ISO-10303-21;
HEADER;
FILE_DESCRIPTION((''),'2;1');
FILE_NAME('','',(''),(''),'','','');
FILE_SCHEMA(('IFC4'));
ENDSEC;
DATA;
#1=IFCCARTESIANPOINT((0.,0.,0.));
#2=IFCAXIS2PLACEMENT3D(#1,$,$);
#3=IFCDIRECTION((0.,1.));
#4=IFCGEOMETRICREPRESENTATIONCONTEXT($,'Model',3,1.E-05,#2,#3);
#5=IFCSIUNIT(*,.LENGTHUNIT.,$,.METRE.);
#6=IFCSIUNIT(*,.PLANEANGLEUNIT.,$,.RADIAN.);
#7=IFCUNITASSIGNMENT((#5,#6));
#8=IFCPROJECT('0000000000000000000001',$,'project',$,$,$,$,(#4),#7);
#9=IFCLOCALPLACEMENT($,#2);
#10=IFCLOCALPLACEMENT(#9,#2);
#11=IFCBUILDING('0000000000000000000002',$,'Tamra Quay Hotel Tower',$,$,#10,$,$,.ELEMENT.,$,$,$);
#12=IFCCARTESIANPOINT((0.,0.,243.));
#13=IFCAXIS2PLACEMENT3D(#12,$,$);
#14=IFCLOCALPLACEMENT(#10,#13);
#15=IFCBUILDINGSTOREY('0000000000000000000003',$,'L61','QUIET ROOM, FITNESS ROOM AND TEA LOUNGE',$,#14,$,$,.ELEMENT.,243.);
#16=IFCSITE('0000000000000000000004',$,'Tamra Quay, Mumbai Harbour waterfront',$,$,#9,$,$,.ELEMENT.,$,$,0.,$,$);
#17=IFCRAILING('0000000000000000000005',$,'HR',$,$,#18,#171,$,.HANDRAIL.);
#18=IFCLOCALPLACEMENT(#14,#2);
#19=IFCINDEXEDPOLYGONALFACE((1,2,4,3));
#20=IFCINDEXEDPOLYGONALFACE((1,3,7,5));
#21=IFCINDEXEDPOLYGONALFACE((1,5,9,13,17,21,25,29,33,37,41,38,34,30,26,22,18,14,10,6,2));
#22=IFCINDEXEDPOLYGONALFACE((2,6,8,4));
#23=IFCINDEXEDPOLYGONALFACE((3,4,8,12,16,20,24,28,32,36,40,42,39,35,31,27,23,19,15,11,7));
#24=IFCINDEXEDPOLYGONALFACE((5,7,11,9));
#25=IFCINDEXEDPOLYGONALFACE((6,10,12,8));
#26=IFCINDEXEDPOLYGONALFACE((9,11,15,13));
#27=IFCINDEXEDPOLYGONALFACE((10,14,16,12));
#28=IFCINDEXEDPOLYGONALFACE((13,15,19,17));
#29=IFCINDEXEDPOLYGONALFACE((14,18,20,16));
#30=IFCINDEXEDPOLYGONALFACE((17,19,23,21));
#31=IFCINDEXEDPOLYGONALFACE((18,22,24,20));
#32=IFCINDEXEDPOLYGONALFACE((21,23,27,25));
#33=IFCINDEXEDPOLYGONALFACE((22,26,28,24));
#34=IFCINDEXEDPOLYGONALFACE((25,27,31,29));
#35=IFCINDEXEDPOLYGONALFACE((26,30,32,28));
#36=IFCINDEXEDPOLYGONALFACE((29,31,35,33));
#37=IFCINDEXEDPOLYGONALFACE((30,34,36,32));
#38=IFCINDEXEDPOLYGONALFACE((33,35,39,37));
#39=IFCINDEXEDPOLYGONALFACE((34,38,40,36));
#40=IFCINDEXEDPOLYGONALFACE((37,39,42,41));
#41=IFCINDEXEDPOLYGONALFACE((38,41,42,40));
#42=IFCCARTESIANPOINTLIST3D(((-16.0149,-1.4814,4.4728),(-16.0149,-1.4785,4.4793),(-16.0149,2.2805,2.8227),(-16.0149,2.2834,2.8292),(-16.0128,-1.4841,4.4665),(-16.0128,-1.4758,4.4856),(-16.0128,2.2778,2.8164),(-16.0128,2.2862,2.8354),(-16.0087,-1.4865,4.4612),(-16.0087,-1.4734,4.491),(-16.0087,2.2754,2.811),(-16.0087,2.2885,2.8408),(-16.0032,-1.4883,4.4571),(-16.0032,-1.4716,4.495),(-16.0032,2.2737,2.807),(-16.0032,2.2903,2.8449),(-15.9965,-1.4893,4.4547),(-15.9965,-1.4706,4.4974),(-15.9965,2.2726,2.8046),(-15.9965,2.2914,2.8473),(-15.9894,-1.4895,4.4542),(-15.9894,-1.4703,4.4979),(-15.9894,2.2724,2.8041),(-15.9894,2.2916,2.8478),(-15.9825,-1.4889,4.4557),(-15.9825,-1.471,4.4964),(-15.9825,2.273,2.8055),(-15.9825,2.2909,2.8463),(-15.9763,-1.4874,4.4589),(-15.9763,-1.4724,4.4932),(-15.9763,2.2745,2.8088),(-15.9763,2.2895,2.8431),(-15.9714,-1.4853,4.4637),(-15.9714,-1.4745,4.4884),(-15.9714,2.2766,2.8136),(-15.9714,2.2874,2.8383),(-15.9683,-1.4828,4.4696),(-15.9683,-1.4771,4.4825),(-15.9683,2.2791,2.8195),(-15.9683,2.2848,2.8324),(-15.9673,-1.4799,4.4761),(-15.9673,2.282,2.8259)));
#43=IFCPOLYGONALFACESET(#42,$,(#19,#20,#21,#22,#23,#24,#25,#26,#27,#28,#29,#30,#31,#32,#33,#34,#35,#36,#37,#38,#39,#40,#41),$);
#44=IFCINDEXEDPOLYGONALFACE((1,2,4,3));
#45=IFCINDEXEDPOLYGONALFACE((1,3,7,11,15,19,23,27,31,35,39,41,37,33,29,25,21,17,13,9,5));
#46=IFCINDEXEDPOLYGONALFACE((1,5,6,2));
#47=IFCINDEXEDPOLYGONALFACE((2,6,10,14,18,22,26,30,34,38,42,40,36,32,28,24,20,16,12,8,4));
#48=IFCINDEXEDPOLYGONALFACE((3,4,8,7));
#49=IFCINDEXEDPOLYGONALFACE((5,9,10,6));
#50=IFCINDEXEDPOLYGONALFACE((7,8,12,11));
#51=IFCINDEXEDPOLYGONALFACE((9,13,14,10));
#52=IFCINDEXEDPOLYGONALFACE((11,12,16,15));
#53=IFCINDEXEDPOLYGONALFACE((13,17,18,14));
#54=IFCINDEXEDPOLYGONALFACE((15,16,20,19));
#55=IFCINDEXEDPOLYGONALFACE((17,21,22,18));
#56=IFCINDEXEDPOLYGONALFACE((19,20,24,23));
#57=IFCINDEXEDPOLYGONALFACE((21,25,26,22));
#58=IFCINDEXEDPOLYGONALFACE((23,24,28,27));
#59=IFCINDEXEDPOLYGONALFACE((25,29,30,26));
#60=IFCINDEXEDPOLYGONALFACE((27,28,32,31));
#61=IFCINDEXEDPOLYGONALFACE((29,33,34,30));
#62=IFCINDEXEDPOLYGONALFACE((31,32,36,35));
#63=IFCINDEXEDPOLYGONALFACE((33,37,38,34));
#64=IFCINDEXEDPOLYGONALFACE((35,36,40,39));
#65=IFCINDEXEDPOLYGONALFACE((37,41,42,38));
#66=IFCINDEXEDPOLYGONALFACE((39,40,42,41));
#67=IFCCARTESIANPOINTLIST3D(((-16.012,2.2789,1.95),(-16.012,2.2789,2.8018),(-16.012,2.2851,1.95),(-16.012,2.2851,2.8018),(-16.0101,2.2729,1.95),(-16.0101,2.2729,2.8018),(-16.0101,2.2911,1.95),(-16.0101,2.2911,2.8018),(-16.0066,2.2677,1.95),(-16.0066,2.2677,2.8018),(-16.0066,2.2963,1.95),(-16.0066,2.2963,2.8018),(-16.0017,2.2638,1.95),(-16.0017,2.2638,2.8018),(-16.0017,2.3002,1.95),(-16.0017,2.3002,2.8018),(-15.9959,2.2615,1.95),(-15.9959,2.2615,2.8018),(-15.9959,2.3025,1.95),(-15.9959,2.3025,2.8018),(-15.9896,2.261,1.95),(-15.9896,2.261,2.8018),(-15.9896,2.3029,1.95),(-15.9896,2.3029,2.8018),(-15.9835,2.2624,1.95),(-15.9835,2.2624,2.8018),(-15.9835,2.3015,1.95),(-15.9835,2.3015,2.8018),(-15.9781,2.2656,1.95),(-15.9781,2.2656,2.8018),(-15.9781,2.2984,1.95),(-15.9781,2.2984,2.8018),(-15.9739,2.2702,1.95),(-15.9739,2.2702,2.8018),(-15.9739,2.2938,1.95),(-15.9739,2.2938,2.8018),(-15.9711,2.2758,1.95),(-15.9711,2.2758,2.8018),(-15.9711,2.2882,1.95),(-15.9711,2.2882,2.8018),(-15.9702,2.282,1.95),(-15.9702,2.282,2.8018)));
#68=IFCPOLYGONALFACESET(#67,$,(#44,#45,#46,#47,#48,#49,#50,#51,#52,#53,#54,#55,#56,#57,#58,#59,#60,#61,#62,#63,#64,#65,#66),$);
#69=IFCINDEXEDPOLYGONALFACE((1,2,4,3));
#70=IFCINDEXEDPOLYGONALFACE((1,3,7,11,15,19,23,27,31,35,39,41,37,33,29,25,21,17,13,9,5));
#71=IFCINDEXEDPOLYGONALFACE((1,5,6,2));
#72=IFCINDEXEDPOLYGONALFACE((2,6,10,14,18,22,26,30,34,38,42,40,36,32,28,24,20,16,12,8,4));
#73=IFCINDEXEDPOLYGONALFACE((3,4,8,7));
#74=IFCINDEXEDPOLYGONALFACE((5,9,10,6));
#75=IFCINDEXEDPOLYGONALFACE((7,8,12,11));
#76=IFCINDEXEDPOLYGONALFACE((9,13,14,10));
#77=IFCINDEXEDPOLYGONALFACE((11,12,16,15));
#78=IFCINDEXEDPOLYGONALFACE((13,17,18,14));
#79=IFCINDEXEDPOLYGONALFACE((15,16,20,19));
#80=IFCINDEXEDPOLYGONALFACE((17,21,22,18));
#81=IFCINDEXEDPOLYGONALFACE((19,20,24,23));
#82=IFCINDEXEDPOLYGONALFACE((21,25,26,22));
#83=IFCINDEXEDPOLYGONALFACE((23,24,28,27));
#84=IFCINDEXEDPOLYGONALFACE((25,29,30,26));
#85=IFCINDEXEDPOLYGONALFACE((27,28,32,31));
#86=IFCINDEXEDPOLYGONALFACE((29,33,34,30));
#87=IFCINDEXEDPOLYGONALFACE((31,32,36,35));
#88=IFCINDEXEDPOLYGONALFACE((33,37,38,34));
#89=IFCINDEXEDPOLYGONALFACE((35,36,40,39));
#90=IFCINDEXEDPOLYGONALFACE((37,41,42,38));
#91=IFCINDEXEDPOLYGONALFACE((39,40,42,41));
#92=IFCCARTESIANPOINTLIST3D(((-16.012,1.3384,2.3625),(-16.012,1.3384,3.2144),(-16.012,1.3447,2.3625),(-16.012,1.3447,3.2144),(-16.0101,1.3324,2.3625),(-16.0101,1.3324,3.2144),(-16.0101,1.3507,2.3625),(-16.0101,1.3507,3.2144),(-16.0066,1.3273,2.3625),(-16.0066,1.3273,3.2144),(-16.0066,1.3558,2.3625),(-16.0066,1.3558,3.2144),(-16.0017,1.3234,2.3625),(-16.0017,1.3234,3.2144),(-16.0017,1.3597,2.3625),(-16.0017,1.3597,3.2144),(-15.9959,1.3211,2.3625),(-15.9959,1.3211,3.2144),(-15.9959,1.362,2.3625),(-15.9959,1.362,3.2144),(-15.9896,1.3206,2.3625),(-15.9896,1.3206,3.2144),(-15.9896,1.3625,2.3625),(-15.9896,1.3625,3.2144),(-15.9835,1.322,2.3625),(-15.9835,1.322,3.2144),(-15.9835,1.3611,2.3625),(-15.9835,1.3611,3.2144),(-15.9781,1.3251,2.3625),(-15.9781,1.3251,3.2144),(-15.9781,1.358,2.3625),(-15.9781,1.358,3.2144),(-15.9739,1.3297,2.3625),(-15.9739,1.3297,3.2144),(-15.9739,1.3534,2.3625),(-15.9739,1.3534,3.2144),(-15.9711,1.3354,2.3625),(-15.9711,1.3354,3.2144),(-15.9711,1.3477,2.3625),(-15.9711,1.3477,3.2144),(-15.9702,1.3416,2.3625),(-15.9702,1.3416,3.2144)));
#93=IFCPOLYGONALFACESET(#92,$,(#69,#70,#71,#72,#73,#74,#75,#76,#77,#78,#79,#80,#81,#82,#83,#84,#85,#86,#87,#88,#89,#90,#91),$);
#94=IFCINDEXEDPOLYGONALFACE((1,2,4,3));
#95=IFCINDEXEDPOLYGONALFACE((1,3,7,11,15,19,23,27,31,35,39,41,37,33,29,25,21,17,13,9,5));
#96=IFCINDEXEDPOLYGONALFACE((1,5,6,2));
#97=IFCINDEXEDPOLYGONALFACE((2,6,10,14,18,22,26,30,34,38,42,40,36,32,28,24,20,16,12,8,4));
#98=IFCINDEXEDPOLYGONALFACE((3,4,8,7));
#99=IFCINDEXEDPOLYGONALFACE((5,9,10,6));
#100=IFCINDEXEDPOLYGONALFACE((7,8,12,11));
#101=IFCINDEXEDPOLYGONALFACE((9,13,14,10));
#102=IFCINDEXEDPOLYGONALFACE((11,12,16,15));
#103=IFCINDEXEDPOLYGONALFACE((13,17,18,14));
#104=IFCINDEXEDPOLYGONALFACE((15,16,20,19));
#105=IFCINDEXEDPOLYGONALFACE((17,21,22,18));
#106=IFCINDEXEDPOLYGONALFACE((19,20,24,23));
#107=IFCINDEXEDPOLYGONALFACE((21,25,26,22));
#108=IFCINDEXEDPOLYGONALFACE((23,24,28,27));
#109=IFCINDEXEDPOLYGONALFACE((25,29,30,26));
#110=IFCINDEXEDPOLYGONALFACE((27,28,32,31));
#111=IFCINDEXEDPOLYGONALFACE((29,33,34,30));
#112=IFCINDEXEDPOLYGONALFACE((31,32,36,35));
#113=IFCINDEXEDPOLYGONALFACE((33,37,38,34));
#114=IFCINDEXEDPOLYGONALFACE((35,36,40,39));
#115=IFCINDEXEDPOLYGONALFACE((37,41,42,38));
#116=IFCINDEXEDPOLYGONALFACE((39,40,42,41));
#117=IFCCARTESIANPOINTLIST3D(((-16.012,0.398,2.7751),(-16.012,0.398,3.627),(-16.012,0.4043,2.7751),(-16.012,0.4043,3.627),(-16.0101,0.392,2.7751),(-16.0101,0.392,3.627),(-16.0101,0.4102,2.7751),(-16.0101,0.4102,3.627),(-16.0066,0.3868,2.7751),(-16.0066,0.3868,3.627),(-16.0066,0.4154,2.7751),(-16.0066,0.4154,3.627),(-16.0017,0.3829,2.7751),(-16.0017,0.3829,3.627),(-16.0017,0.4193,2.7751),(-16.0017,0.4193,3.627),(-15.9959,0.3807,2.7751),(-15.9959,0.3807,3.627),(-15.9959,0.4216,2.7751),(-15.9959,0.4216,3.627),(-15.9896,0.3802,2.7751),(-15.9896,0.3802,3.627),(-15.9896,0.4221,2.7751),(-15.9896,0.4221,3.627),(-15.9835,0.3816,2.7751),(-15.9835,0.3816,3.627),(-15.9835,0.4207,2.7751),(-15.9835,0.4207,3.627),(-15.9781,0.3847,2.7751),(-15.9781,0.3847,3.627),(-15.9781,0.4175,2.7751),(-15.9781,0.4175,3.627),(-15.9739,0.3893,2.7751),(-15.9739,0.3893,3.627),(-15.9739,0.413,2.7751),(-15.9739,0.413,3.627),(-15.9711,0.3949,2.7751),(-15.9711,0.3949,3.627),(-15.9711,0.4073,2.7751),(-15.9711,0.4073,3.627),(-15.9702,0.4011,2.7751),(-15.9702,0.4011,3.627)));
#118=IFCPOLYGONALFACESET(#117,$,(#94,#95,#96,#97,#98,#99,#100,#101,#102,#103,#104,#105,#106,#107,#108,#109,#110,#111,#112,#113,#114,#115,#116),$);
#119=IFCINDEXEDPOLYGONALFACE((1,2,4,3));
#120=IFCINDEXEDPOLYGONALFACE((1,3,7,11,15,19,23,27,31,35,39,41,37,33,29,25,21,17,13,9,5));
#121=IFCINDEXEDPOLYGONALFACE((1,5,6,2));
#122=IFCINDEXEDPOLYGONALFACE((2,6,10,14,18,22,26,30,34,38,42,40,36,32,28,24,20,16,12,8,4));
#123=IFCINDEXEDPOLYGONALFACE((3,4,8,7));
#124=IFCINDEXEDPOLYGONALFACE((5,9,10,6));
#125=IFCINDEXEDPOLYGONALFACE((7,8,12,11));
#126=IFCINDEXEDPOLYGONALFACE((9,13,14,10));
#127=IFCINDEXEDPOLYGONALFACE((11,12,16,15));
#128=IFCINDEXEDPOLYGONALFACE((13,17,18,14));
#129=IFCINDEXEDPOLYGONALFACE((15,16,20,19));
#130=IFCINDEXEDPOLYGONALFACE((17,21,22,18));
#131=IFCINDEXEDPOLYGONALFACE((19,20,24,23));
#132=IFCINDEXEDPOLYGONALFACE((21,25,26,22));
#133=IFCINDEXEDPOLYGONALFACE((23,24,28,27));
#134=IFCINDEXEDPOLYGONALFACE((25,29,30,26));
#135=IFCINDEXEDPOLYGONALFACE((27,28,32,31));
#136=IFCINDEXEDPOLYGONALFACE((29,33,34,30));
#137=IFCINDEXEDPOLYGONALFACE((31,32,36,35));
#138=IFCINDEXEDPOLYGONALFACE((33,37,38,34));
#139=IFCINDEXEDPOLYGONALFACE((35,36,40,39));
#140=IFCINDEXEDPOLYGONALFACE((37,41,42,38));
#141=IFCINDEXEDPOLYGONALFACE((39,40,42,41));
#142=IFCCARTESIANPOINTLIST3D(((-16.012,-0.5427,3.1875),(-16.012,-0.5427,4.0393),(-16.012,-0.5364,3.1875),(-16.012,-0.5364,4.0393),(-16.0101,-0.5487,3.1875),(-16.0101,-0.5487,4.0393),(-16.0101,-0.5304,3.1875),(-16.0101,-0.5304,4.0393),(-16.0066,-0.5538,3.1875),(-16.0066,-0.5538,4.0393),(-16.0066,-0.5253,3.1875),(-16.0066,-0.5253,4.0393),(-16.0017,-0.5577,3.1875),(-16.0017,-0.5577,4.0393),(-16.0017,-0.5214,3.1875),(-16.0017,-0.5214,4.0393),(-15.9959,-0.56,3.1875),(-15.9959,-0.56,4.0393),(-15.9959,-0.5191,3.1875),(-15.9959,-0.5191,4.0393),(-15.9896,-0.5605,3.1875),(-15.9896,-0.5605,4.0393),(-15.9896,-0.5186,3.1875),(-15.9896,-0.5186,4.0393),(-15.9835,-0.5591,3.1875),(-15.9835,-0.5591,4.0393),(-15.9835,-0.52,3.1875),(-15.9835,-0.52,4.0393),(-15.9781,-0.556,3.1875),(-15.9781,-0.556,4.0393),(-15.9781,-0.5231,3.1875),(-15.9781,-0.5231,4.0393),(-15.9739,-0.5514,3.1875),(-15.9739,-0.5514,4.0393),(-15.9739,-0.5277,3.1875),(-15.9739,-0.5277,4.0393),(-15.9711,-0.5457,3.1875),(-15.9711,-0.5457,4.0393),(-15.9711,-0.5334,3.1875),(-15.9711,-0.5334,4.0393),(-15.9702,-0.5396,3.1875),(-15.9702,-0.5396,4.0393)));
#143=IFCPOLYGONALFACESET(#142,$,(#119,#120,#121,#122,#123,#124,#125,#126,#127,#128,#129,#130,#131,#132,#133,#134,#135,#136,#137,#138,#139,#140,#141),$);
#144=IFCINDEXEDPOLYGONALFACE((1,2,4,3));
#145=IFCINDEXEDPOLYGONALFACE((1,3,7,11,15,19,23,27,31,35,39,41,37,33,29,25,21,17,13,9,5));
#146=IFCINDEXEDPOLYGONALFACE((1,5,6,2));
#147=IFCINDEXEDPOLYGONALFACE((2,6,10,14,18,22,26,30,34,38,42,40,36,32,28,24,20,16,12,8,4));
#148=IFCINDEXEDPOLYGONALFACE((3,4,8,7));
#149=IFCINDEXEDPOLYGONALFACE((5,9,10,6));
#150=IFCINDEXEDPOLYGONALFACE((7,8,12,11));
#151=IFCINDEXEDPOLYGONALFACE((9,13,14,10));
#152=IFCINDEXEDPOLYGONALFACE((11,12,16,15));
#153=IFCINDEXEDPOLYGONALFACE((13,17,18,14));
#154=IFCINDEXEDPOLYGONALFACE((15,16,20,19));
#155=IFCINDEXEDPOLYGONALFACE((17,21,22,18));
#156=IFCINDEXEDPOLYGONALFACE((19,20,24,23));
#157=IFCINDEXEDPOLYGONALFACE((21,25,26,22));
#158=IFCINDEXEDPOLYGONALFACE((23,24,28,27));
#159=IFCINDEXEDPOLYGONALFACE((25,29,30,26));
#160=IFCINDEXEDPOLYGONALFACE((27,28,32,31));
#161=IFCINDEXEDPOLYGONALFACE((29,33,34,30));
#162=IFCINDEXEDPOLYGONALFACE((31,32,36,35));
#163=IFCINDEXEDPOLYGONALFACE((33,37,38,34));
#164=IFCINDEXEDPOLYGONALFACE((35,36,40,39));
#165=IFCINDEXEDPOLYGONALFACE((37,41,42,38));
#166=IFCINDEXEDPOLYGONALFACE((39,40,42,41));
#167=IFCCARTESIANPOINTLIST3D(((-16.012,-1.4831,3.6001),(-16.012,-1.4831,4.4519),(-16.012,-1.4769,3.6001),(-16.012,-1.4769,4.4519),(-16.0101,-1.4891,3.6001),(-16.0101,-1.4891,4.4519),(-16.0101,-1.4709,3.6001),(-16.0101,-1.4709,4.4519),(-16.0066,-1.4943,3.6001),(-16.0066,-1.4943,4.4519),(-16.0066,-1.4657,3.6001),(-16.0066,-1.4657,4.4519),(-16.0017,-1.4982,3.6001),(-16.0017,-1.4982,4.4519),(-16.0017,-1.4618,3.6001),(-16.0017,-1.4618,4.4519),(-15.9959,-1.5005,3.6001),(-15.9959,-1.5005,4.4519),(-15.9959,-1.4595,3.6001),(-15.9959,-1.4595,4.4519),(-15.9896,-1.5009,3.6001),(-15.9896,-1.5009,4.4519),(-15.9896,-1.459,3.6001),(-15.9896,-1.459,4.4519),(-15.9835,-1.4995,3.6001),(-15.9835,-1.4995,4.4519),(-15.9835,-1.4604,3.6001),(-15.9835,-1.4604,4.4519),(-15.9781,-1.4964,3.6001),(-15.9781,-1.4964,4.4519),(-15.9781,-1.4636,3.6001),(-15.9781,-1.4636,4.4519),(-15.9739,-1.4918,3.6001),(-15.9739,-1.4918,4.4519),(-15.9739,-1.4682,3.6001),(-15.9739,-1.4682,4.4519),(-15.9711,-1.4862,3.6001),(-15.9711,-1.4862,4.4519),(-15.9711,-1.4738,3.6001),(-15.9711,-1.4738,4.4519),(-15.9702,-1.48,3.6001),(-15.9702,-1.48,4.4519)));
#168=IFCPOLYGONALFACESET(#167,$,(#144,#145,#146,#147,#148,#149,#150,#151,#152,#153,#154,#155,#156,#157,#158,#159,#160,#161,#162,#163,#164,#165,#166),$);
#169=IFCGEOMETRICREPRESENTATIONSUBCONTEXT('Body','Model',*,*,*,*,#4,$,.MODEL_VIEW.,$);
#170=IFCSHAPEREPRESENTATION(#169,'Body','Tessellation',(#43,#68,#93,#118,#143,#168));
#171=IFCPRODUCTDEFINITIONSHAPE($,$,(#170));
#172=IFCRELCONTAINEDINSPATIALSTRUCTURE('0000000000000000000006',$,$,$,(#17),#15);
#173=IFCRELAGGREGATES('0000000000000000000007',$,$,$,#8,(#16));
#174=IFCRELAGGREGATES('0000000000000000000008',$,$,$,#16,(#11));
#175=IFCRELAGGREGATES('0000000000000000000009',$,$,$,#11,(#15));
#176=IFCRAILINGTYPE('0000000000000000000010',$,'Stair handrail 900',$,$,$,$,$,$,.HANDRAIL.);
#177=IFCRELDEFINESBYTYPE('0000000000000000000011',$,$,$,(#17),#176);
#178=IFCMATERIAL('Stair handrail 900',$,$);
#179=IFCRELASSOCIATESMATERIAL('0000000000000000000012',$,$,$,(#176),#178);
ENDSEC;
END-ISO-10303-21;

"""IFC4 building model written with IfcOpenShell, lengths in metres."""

from ifc_helpers import new_model, si_unit, direction, frame, origin, origin_2d, place, context, subcontext, project, spatial, circle, extrude, material, type_object, element, save


model = new_model("IFC4")

# Units and contexts
model_context = context("Model", 3, precision=1e-05, world=origin(), true_north=direction((0.0, 1.0)))
body_context = subcontext(model_context, "Body", "Model", "MODEL_VIEW")
ifc_project = project(units=[si_unit("LENGTHUNIT", "METRE"), si_unit("PLANEANGLEUNIT", "RADIAN")], contexts=[model_context])

# Site, building, storey
site_placement = place(None, origin())
site = spatial("IfcSite", under=ifc_project, at=site_placement, Name="Tamra Quay, Mumbai Harbour waterfront", CompositionType="ELEMENT", RefElevation=0.0)
building_placement = place(site_placement, origin())
building = spatial("IfcBuilding", under=site, at=building_placement, Name="Tamra Quay Hotel Tower", CompositionType="ELEMENT")
storey_placement = place(building_placement, frame((0.0, 0.0, 243.0)))
storey = spatial("IfcBuildingStorey", under=building, at=storey_placement, Name="L61", Description="QUIET ROOM, FITNESS ROOM AND TEA LOUNGE", CompositionType="ELEMENT", Elevation=243.0)

# Railing
ifc_material_1 = material(Name="Stair handrail 900")
railing_type = type_object("IfcRailingType", Name="Stair handrail 900", PredefinedType="HANDRAIL", material=ifc_material_1)
railing_placement = place(storey_placement, frame((-15.9912, 2.282, 1.95)))
element("IfcRailing", 1, at=railing_placement, inside=storey, type_object=railing_type, Name="HR", PredefinedType="HANDRAIL", context=body_context, shape_type="SweptSolid", body=[
    extrude(circle(Radius=0.0239, at=origin_2d()), frame((0.0, 0.0, 0.876), z_axis=(0.0, -0.915774, 0.401695), x_axis=(1.0, 0.0, 0.0)), (0.0, 0.0, 1.0), 4.1079),
    extrude(circle(Radius=0.021, at=origin_2d()), origin(), (0.0, 0.0, 1.0), 0.8518),
    extrude(circle(Radius=0.021, at=origin_2d()), frame((0.0, -0.9404, 0.4126)), (0.0, 0.0, 1.0), 0.8518),
    extrude(circle(Radius=0.021, at=origin_2d()), frame((0.0, -1.8809, 0.8252)), (0.0, 0.0, 1.0), 0.8518),
    extrude(circle(Radius=0.021, at=origin_2d()), frame((0.0, -2.8215, 1.2375)), (0.0, 0.0, 1.0), 0.8518),
    extrude(circle(Radius=0.021, at=origin_2d()), frame((0.0, -3.762, 1.6501)), (0.0, 0.0, 1.0), 0.8518),
])

save(model, "model.ifc")
